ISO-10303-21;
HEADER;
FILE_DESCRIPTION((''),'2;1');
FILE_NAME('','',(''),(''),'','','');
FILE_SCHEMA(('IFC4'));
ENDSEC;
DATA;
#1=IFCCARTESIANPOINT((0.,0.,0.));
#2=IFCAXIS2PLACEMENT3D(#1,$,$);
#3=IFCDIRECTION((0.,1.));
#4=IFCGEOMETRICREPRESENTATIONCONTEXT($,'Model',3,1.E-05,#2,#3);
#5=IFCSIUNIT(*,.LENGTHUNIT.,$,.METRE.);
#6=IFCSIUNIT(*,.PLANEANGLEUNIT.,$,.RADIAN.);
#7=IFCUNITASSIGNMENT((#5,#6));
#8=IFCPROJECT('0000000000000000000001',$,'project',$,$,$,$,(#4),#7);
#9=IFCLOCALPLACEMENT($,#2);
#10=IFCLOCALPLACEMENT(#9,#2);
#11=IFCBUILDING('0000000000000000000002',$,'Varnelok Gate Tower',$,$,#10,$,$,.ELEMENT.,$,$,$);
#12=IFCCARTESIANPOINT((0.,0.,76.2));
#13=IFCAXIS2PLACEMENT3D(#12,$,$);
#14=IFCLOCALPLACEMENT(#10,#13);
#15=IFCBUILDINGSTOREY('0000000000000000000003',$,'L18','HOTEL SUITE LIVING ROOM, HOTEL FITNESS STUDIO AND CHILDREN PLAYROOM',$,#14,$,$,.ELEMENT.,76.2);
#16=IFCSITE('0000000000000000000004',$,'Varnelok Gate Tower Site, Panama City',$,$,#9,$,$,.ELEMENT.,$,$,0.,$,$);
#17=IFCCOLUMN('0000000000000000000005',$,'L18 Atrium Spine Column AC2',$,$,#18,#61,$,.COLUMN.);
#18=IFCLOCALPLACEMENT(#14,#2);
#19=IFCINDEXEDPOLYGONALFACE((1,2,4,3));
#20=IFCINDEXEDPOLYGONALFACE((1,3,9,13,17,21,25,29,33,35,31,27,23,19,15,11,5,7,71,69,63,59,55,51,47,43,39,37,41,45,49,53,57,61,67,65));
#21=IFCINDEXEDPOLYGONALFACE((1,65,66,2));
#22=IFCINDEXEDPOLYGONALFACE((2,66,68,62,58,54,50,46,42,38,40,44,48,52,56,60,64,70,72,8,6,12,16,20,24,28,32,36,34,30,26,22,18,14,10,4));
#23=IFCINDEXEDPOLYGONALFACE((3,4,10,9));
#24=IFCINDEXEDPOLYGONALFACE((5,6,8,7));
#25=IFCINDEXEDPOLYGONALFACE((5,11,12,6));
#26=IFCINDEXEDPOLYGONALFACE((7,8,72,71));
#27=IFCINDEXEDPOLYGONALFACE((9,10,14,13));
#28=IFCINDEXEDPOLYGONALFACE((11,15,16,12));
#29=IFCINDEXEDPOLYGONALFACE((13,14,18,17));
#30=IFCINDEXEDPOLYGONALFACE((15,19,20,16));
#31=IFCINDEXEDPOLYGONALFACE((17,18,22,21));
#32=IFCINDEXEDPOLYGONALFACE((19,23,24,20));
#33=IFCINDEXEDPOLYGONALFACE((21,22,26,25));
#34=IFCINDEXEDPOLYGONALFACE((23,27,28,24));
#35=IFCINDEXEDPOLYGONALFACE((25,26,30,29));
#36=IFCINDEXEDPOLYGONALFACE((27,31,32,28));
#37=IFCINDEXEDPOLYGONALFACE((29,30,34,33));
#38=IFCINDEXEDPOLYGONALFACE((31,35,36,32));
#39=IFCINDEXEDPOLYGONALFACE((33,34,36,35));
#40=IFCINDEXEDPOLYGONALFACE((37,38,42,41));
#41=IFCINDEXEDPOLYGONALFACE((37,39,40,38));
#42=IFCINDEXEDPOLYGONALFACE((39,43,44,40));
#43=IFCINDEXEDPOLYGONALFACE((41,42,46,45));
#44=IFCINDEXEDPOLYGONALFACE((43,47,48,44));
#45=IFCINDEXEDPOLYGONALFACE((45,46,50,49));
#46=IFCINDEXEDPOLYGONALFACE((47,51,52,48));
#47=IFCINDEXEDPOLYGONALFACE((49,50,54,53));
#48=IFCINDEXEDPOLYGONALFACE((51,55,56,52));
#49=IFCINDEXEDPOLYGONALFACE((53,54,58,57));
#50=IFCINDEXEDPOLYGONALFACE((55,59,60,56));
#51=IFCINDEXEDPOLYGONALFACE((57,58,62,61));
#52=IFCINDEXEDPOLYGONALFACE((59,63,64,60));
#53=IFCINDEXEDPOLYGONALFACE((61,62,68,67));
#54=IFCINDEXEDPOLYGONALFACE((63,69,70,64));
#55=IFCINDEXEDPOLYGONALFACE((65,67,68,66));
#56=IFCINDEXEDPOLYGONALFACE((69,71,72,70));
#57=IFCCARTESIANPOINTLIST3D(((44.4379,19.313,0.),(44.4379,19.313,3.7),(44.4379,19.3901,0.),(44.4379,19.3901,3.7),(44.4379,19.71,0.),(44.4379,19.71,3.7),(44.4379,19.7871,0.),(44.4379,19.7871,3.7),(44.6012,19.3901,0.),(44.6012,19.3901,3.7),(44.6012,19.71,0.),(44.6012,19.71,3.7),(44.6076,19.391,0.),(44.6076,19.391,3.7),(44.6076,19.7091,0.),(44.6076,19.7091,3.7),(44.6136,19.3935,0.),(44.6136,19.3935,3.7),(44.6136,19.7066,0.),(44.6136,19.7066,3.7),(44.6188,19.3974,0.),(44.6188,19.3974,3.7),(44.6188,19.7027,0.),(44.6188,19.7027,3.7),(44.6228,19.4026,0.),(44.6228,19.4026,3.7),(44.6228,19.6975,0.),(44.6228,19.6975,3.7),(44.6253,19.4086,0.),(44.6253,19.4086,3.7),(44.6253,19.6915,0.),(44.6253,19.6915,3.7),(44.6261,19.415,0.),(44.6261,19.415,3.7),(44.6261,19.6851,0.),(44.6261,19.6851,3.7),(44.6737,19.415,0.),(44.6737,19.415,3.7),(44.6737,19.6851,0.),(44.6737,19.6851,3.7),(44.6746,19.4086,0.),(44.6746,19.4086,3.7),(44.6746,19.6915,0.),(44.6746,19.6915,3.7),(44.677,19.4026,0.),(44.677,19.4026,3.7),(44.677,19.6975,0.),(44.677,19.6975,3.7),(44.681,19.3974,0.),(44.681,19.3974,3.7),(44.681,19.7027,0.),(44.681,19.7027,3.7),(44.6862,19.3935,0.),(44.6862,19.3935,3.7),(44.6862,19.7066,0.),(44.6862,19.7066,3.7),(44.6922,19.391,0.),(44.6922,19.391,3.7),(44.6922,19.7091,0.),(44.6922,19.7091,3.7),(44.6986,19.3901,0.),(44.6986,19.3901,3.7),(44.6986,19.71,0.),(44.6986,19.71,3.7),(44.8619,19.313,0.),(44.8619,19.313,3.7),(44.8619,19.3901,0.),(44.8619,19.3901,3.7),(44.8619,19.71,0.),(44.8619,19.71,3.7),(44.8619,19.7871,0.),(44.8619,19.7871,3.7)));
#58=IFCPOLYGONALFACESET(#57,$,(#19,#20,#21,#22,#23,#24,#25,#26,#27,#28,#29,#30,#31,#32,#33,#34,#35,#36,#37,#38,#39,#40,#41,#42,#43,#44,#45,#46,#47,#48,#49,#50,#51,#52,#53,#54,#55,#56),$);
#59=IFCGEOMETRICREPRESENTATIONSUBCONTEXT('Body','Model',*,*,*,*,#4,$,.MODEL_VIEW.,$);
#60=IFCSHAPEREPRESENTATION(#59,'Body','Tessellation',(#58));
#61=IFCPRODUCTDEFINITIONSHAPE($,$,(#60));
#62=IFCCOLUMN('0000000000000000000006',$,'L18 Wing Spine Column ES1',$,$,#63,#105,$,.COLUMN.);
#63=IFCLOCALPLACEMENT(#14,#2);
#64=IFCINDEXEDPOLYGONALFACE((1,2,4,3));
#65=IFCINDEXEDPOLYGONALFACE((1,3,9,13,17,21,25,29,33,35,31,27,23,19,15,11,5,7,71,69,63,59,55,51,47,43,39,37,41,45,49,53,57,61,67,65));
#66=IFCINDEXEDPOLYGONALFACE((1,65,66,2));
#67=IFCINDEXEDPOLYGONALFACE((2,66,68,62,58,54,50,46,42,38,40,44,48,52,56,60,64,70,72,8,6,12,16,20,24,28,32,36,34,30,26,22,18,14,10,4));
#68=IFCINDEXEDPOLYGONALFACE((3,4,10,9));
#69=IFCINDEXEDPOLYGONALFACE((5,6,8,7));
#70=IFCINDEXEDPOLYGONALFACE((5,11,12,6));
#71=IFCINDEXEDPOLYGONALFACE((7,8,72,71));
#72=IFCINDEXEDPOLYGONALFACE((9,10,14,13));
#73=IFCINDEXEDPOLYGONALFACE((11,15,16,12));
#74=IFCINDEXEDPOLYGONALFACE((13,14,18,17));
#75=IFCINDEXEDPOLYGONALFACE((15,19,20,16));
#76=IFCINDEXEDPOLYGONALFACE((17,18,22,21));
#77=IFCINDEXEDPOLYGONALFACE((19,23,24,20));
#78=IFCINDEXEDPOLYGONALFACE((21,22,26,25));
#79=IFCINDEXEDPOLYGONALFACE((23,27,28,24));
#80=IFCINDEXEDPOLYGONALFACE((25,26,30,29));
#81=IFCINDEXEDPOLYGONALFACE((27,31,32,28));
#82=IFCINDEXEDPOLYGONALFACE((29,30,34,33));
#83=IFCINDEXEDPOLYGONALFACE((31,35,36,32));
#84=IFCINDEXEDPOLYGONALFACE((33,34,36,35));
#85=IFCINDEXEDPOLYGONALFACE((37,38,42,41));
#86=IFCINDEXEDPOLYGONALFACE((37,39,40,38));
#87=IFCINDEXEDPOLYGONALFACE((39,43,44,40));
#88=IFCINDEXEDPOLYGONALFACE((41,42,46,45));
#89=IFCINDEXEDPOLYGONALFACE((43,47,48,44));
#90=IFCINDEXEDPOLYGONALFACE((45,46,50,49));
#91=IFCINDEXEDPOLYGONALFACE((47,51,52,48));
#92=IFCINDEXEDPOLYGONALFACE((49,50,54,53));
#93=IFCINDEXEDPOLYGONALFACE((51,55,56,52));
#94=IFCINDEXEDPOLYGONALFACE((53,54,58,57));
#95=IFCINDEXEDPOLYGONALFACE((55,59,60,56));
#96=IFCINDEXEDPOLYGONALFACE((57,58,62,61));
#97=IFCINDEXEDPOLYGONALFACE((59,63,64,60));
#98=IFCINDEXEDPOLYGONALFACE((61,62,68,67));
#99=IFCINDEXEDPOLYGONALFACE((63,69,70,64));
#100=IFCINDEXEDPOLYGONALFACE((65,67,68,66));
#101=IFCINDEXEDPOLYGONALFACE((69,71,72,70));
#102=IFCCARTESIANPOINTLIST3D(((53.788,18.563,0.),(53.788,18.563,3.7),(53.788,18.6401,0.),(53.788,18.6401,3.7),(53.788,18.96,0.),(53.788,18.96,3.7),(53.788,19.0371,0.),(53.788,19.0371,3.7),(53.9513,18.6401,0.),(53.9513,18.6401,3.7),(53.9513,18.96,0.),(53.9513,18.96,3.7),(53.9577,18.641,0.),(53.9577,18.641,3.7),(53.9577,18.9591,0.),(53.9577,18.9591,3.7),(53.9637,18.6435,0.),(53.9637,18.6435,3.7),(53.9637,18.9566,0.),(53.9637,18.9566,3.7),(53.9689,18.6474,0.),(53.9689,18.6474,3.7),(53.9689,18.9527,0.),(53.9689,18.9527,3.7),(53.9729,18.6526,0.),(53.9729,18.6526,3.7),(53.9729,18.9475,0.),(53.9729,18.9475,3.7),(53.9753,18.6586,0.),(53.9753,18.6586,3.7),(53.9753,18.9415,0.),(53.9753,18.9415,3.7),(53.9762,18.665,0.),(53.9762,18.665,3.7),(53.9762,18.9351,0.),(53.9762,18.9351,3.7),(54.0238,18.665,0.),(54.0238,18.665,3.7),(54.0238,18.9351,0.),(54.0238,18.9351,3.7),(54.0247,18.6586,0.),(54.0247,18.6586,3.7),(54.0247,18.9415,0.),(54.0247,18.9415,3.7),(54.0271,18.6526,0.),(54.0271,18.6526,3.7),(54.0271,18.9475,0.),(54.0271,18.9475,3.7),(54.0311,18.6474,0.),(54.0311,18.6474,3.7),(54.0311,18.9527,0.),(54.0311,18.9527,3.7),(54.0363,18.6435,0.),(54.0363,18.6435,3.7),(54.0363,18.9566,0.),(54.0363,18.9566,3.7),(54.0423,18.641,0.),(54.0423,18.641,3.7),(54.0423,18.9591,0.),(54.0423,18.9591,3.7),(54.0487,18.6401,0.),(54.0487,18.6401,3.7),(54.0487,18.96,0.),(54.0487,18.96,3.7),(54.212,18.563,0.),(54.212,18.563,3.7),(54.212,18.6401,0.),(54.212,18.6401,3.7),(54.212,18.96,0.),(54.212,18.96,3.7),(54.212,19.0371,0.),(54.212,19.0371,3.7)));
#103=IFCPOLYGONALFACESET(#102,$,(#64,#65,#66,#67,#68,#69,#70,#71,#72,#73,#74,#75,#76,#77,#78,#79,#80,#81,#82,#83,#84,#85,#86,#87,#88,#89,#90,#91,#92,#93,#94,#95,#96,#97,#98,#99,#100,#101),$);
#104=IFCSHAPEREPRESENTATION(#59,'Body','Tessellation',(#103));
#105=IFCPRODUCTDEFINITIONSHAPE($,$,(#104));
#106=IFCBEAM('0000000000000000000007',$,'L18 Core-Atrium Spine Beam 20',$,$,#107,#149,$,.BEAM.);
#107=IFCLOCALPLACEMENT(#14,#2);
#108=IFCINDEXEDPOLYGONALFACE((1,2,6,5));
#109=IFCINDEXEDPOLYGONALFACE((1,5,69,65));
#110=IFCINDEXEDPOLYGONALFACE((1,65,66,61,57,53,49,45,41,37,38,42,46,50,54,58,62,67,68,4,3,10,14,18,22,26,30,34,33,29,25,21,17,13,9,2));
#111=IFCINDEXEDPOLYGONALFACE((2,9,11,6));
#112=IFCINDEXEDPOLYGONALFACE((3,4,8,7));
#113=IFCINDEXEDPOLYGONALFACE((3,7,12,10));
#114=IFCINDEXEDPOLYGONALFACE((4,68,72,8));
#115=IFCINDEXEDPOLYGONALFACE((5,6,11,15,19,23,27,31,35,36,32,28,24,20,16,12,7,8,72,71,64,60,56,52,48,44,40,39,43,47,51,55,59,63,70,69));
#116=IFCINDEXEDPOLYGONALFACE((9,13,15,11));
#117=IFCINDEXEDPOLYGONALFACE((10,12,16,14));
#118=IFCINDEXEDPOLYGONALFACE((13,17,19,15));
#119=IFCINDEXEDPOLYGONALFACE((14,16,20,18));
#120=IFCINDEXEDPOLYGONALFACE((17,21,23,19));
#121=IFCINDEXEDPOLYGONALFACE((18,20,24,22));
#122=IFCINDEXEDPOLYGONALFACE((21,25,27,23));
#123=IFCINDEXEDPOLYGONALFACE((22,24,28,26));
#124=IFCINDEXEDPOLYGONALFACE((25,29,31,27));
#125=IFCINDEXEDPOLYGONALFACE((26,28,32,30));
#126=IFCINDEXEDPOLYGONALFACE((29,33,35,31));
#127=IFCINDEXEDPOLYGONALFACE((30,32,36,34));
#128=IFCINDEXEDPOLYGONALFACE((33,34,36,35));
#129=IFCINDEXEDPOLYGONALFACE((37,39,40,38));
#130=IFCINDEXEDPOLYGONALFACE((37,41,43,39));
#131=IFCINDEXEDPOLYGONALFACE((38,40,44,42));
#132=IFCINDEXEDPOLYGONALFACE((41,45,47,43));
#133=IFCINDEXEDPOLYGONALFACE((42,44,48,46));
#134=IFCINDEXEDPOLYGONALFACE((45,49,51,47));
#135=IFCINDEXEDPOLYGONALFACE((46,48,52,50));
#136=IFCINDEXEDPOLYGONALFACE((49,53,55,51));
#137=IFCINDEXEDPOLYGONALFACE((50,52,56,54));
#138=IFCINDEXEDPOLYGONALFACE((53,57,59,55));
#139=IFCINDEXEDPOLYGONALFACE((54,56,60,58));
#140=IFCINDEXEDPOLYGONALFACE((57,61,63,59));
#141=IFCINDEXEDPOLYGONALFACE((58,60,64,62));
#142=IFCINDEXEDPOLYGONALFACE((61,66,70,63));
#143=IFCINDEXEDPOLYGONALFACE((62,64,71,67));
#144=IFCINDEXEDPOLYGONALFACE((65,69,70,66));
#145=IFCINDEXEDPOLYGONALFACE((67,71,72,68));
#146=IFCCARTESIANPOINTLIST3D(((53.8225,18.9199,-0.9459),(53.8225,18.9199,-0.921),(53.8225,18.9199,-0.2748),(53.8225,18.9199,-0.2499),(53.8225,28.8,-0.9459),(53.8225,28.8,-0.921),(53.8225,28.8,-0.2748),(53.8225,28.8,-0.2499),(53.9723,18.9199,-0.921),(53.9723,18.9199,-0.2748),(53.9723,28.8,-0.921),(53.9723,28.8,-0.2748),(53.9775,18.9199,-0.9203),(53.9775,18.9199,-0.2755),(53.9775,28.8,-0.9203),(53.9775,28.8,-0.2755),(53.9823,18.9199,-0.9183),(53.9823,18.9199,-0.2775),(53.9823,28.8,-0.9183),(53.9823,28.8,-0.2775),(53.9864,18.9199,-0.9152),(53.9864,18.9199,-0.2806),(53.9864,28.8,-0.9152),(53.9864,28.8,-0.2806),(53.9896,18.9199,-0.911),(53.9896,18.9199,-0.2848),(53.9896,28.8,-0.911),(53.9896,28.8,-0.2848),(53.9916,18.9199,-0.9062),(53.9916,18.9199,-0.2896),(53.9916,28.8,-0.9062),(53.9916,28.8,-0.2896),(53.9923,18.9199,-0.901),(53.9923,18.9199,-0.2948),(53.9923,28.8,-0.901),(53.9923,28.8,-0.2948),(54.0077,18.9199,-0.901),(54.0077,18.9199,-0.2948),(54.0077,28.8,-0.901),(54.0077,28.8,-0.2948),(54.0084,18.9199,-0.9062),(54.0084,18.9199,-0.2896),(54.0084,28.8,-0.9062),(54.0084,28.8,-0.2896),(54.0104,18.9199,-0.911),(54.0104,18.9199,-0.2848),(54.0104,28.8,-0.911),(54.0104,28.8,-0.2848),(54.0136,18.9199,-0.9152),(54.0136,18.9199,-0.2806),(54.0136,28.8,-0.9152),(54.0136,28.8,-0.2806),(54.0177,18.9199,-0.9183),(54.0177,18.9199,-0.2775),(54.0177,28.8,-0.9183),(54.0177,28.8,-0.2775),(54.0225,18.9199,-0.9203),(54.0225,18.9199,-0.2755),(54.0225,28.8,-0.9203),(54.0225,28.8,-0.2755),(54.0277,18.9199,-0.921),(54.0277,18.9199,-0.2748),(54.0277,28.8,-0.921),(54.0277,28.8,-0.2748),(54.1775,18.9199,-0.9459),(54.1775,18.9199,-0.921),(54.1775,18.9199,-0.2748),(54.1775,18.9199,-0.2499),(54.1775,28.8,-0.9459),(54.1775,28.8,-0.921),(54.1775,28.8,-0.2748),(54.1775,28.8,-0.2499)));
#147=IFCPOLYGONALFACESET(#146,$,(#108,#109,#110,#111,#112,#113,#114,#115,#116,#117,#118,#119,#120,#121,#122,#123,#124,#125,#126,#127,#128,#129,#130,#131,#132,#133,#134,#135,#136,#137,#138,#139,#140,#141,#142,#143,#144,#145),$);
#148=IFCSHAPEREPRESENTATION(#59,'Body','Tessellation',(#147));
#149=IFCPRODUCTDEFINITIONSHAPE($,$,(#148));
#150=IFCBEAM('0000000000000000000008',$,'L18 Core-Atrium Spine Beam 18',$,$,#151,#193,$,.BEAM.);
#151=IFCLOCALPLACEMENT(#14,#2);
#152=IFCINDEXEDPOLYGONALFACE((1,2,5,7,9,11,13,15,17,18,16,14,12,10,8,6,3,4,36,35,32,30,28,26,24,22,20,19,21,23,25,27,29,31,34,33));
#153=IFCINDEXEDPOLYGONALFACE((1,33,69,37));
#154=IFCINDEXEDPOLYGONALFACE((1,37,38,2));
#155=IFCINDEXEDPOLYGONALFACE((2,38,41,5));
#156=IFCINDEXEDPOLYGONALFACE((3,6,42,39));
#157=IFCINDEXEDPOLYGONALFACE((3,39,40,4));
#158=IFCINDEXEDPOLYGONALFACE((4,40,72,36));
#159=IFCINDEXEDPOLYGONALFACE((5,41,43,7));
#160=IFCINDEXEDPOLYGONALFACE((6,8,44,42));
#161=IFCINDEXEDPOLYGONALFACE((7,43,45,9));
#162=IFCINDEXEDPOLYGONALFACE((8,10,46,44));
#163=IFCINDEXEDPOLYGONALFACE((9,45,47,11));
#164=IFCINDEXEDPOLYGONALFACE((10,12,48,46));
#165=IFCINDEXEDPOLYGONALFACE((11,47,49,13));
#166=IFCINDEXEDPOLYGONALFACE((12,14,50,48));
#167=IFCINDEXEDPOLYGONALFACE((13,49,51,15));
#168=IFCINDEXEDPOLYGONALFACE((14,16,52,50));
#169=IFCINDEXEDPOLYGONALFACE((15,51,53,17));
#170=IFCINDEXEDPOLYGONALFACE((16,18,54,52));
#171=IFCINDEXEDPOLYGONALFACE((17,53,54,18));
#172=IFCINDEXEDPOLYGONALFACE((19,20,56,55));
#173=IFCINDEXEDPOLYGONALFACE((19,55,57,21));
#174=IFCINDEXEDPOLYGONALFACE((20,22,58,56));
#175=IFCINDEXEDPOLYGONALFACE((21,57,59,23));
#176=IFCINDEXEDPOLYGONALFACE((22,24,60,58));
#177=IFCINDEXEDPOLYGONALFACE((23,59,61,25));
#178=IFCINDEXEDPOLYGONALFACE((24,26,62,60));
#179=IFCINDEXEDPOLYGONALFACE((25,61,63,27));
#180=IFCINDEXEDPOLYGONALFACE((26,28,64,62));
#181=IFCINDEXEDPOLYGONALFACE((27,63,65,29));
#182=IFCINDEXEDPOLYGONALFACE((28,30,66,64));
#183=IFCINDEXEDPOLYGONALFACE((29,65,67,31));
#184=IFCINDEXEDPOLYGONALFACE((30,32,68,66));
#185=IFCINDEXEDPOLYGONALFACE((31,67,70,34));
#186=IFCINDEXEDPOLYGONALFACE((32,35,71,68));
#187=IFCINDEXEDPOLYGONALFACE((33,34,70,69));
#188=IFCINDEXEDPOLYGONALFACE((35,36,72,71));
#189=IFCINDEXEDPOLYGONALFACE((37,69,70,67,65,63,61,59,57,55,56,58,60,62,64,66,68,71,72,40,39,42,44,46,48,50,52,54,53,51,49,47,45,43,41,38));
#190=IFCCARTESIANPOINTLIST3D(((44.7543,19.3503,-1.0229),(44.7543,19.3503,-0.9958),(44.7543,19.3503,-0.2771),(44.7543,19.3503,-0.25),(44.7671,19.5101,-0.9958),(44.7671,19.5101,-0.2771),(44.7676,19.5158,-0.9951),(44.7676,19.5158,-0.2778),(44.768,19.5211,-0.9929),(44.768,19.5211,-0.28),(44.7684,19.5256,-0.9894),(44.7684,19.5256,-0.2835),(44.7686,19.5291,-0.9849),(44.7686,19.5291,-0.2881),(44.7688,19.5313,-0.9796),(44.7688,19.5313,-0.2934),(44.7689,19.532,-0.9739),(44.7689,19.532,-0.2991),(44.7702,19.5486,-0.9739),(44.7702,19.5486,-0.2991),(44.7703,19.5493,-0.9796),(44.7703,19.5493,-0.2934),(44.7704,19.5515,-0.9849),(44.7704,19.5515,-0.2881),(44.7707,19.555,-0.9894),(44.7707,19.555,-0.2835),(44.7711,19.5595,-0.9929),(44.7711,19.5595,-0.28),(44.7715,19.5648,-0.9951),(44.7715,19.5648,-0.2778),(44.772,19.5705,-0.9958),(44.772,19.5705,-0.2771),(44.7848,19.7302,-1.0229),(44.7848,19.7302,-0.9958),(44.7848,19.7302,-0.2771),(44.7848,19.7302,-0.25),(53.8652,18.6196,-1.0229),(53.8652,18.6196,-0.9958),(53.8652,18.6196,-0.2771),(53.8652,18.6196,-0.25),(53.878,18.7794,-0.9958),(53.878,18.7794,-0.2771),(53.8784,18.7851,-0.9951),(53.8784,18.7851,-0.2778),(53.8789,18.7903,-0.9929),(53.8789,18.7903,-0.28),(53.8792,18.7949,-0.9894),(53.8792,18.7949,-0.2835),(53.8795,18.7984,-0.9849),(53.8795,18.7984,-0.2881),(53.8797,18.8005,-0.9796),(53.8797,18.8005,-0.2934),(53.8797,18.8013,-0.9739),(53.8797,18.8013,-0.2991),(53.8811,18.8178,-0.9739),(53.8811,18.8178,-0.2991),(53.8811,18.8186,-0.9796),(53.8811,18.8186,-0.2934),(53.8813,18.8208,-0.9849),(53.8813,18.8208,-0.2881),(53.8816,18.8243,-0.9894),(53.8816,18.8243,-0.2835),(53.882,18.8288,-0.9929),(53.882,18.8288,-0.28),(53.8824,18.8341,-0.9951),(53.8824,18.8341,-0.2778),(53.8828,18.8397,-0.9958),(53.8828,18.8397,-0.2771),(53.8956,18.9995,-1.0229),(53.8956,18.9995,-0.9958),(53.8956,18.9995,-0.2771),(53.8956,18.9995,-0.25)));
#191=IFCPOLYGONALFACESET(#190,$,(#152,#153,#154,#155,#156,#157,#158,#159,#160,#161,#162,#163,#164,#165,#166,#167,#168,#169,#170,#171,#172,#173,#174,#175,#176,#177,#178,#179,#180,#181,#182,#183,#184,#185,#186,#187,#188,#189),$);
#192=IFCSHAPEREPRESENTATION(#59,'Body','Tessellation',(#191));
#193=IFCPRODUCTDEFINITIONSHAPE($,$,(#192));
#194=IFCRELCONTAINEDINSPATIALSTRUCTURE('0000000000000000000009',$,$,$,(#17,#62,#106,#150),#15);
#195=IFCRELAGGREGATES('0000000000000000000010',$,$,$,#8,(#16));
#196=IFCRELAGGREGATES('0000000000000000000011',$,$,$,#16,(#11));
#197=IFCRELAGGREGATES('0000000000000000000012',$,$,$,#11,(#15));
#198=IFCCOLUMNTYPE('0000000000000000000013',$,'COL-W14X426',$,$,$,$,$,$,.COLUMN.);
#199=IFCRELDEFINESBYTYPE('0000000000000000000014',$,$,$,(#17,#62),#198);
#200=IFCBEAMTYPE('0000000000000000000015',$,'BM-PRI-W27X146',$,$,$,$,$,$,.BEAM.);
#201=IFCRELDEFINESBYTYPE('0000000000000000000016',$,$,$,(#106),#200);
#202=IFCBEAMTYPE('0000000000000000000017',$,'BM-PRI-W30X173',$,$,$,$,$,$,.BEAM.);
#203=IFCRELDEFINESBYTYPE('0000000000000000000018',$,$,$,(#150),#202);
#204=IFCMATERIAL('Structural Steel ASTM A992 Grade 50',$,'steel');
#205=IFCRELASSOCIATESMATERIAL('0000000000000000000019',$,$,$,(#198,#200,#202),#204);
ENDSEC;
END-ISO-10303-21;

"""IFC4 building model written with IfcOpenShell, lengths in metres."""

from ifc_helpers import new_model, si_unit, direction, frame, origin, origin_2d, place, context, subcontext, project, spatial, i_section, extrude, material, material_profile, profile_set, type_object, element, save


model = new_model("IFC4")

# Units and contexts
model_context = context("Model", 3, precision=1e-05, world=origin(), true_north=direction((0.0, 1.0)))
body_context = subcontext(model_context, "Body", "Model", "MODEL_VIEW")
ifc_project = project(units=[si_unit("LENGTHUNIT", "METRE"), si_unit("PLANEANGLEUNIT", "RADIAN")], contexts=[model_context])

# Site, building, storey
site_placement = place(None, origin())
site = spatial("IfcSite", under=ifc_project, at=site_placement, Name="Varnelok Gate Tower Site, Panama City", CompositionType="ELEMENT", RefElevation=0.0)
building_placement = place(site_placement, origin())
building = spatial("IfcBuilding", under=site, at=building_placement, Name="Varnelok Gate Tower", CompositionType="ELEMENT")
storey_placement = place(building_placement, frame((0.0, 0.0, 76.2)))
storey = spatial("IfcBuildingStorey", under=building, at=storey_placement, Name="L18", Description="HOTEL SUITE LIVING ROOM, HOTEL FITNESS STUDIO AND CHILDREN PLAYROOM", CompositionType="ELEMENT", Elevation=76.2)

# Columns
ifc_material_1 = material(Name="Structural Steel ASTM A992 Grade 50", Category="steel")
ifc_material_profile_1 = material_profile(ifc_material_1, i_section(OverallWidth=0.4241, OverallDepth=0.4741, WebThickness=0.0476, FlangeThickness=0.0771, FilletRadius=0.0249, at=origin_2d()), Name="W14X426")
ifc_profile_set_1 = profile_set([ifc_material_profile_1], Name="Structural Steel ASTM A992 Grade 50")
column_type = type_object("IfcColumnType", Name="COL-W14X426", PredefinedType="COLUMN", material=ifc_profile_set_1)
for number, where, z_axis, x_axis, name in (
    (1, (44.6499, 19.55, 0.0), (0.0, 0.0, 1.0), (1.0, 0.0, 0.0), "L18 Atrium Spine Column AC2"),
    (2, (54.0, 18.8, 0.0), (0.0, 0.0, 1.0), (1.0, 0.0, 0.0), "L18 Wing Spine Column ES1"),
):
    element("IfcColumn", number, at=place(storey_placement, frame(where, z_axis=z_axis, x_axis=x_axis)), inside=storey, type_object=column_type, Name=name, PredefinedType="COLUMN", context=body_context, shape_type="SweptSolid", body=[
        extrude(i_section(OverallWidth=0.4241, OverallDepth=0.4741, WebThickness=0.0476, FlangeThickness=0.0771, FilletRadius=0.0249, at=origin_2d()), origin(), (0.0, 0.0, 1.0), 3.7),
    ])

# Beams
ifc_material_profile_2 = material_profile(ifc_material_1, i_section(OverallWidth=0.355, OverallDepth=0.696, WebThickness=0.0154, FlangeThickness=0.0249, FilletRadius=0.02, at=origin_2d()), Name="W27X146")
ifc_profile_set_2 = profile_set([ifc_material_profile_2], Name="Structural Steel ASTM A992 Grade 50")
beam_type_1 = type_object("IfcBeamType", Name="BM-PRI-W27X146", PredefinedType="BEAM", material=ifc_profile_set_2)
beam_1_placement = place(storey_placement, frame((54.0, 18.9199, -0.5979), z_axis=(0.0, 1.0, 0.0), x_axis=(-1.0, 0.0, 0.0)))
element("IfcBeam", 3, at=beam_1_placement, inside=storey, type_object=beam_type_1, Name="L18 Core-Atrium Spine Beam 20", PredefinedType="BEAM", context=body_context, shape_type="SweptSolid", body=[
    extrude(i_section(OverallWidth=0.355, OverallDepth=0.696, WebThickness=0.0154, FlangeThickness=0.0249, FilletRadius=0.02, at=origin_2d()), origin(), (0.0, 0.0, 1.0), 9.8801),
])
ifc_material_profile_3 = material_profile(ifc_material_1, i_section(OverallWidth=0.3811, OverallDepth=0.7729, WebThickness=0.0166, FlangeThickness=0.0271, FilletRadius=0.022, at=origin_2d()), Name="W30X173")
ifc_profile_set_3 = profile_set([ifc_material_profile_3], Name="Structural Steel ASTM A992 Grade 50")
beam_type_2 = type_object("IfcBeamType", Name="BM-PRI-W30X173", PredefinedType="BEAM", material=ifc_profile_set_3)
beam_2_placement = place(storey_placement, frame((44.7695, 19.5403, -0.6365), z_axis=(0.996799, -0.079946, 0.0), x_axis=(0.079946, 0.996799, 0.0)))
element("IfcBeam", 4, at=beam_2_placement, inside=storey, type_object=beam_type_2, Name="L18 Core-Atrium Spine Beam 18", PredefinedType="BEAM", context=body_context, shape_type="SweptSolid", body=[
    extrude(i_section(OverallWidth=0.3811, OverallDepth=0.7729, WebThickness=0.0166, FlangeThickness=0.0271, FilletRadius=0.022, at=origin_2d()), origin(), (0.0, 0.0, 1.0), 9.1401),
])

save(model, "model.ifc")
